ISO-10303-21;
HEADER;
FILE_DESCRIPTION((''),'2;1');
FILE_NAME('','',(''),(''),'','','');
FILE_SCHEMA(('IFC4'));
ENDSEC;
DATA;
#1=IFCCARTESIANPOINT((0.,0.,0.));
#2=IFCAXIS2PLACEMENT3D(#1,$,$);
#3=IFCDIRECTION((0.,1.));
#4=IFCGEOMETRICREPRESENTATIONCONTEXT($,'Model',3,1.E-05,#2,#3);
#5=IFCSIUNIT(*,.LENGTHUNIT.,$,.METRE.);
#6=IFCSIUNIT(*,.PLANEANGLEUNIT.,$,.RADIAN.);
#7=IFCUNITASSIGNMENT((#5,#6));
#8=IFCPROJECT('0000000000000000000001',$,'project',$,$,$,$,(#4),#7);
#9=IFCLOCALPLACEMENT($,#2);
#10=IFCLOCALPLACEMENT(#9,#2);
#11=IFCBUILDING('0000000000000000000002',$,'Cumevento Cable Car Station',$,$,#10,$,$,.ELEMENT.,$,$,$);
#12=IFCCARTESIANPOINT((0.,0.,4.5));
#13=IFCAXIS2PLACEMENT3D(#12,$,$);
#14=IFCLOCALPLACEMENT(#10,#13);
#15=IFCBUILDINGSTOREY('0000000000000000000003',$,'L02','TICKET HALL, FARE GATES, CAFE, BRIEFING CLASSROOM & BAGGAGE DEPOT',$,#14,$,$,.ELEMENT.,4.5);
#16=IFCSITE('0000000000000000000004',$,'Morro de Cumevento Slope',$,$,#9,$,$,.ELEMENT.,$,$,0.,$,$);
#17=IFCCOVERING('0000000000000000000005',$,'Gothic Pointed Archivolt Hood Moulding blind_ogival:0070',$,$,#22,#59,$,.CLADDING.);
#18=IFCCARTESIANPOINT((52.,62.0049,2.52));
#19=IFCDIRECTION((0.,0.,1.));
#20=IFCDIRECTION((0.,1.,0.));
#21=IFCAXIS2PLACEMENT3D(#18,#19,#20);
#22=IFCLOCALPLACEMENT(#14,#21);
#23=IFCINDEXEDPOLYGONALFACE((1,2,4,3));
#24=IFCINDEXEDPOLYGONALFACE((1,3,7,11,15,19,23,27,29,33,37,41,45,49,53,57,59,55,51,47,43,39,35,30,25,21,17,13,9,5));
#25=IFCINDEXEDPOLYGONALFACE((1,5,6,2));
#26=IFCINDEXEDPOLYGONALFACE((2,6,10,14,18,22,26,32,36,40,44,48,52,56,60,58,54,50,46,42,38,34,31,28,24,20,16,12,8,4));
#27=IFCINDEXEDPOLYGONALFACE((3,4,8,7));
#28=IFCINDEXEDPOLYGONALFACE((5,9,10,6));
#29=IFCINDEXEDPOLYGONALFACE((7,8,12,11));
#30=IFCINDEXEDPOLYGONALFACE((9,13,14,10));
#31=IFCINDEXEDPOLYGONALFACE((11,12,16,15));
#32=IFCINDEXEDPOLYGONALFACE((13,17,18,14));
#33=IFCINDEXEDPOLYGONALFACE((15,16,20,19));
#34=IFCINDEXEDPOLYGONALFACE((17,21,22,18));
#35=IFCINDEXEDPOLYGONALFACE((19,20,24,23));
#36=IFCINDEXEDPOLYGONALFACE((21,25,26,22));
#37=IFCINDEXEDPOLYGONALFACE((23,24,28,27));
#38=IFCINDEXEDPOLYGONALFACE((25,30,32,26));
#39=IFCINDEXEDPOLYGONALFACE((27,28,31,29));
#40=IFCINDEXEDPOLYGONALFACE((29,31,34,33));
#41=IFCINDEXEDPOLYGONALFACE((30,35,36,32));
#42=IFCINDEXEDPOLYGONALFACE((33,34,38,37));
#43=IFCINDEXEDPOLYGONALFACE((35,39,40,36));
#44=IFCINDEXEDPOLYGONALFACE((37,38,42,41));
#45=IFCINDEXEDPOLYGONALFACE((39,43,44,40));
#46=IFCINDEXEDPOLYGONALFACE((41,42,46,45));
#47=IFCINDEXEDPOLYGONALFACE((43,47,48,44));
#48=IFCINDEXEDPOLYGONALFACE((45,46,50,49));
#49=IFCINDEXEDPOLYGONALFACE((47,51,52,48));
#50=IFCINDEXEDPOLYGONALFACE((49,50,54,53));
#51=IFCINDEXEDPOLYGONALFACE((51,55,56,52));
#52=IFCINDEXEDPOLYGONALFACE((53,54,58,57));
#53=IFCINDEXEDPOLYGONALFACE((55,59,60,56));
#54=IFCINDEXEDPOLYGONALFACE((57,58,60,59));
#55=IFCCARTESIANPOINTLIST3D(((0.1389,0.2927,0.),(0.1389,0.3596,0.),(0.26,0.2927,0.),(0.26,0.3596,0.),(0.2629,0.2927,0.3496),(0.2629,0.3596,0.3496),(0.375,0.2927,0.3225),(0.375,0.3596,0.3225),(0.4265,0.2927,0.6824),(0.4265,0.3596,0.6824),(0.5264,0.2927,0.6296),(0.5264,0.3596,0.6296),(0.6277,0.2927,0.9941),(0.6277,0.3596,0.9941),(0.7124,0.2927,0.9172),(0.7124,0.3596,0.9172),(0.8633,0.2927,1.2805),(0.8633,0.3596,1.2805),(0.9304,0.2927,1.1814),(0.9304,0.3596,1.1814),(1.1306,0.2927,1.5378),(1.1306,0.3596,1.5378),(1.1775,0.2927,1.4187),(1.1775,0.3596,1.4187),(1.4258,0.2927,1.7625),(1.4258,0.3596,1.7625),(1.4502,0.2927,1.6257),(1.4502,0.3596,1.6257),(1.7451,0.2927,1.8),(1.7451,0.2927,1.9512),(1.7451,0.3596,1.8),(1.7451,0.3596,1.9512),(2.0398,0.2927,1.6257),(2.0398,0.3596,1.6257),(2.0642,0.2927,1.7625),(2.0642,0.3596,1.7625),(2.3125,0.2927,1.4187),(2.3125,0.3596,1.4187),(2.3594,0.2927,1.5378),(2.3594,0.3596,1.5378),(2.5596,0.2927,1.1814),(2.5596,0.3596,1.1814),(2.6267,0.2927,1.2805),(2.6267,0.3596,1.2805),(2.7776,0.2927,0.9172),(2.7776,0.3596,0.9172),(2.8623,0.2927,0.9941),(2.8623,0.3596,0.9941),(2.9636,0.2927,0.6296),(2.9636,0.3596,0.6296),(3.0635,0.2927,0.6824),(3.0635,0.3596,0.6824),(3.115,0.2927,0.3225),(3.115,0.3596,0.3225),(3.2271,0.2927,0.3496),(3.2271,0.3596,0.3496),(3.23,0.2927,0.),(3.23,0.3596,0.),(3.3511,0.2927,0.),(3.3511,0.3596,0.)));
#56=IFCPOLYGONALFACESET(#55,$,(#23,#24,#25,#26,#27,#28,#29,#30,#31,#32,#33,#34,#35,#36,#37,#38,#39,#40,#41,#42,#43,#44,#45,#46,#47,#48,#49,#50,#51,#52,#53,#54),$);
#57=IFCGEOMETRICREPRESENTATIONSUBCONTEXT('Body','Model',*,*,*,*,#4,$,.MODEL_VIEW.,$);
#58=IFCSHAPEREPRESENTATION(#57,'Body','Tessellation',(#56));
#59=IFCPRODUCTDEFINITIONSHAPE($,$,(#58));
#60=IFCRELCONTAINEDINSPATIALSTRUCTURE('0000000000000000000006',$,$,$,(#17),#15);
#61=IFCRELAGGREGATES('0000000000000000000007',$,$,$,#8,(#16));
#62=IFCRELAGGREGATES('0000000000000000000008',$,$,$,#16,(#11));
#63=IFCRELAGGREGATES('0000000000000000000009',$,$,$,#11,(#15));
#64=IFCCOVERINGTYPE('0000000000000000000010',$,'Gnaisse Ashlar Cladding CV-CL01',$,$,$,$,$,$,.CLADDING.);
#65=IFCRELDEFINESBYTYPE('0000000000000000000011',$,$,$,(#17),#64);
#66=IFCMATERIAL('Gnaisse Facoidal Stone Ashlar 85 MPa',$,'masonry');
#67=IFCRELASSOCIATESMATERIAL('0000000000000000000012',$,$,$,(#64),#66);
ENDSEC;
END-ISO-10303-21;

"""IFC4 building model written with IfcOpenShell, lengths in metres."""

from ifc_helpers import new_model, si_unit, direction, frame, origin, place, context, subcontext, project, spatial, polyline, outline, extrude, material, type_object, element, save


model = new_model("IFC4")

# Units and contexts
model_context = context("Model", 3, precision=1e-05, world=origin(), true_north=direction((0.0, 1.0)))
body_context = subcontext(model_context, "Body", "Model", "MODEL_VIEW")
ifc_project = project(units=[si_unit("LENGTHUNIT", "METRE"), si_unit("PLANEANGLEUNIT", "RADIAN")], contexts=[model_context])

# Site, building, storey
site_placement = place(None, origin())
site = spatial("IfcSite", under=ifc_project, at=site_placement, Name="Morro de Cumevento Slope", CompositionType="ELEMENT", RefElevation=0.0)
building_placement = place(site_placement, origin())
building = spatial("IfcBuilding", under=site, at=building_placement, Name="Cumevento Cable Car Station", CompositionType="ELEMENT")
storey_placement = place(building_placement, frame((0.0, 0.0, 4.5)))
storey = spatial("IfcBuildingStorey", under=building, at=storey_placement, Name="L02", Description="TICKET HALL, FARE GATES, CAFE, BRIEFING CLASSROOM & BAGGAGE DEPOT", CompositionType="ELEMENT", Elevation=4.5)

# Covering
ifc_material_1 = material(Name="Gnaisse Facoidal Stone Ashlar 85 MPa", Category="masonry")
covering_type = type_object("IfcCoveringType", Name="Gnaisse Ashlar Cladding CV-CL01", PredefinedType="CLADDING", material=ifc_material_1)
covering_1_placement = place(storey_placement, frame((52.0, 62.0049, 2.52), z_axis=(0.0, 0.0, 1.0), x_axis=(0.0, 1.0, 0.0)))
element("IfcCovering", 1, at=covering_1_placement, inside=storey, type_object=covering_type, Name="Gothic Pointed Archivolt Hood Moulding blind_ogival:0070", PredefinedType="CLADDING", context=body_context, shape_type="SweptSolid", body=[
    extrude(outline(polyline([(0.26, 0.0), (0.375, 0.3225), (0.5264, 0.6296), (0.7124, 0.9172), (0.9304, 1.1814), (1.1775, 1.4187), (1.4502, 1.6257), (1.7451, 1.8), (2.0398, 1.6257), (2.3125, 1.4187), (2.5596, 1.1814), (2.7776, 0.9172), (2.9636, 0.6296), (3.115, 0.3225), (3.23, 0.0), (3.3511, 0.0), (3.2271, 0.3496), (3.0635, 0.6824), (2.8623, 0.9941), (2.6267, 1.2805), (2.3594, 1.5378), (2.0642, 1.7625), (1.7451, 1.9512), (1.4258, 1.7625), (1.1306, 1.5378), (0.8633, 1.2805), (0.6277, 0.9941), (0.4265, 0.6824), (0.2629, 0.3496), (0.1389, 0.0), (0.26, 0.0)])), frame((0.0, 0.3596, 0.0), z_axis=(0.0, -1.0, 0.0), x_axis=(1.0, 0.0, 0.0)), (0.0, 0.0, 1.0), 0.0669),
])

save(model, "model.ifc")
